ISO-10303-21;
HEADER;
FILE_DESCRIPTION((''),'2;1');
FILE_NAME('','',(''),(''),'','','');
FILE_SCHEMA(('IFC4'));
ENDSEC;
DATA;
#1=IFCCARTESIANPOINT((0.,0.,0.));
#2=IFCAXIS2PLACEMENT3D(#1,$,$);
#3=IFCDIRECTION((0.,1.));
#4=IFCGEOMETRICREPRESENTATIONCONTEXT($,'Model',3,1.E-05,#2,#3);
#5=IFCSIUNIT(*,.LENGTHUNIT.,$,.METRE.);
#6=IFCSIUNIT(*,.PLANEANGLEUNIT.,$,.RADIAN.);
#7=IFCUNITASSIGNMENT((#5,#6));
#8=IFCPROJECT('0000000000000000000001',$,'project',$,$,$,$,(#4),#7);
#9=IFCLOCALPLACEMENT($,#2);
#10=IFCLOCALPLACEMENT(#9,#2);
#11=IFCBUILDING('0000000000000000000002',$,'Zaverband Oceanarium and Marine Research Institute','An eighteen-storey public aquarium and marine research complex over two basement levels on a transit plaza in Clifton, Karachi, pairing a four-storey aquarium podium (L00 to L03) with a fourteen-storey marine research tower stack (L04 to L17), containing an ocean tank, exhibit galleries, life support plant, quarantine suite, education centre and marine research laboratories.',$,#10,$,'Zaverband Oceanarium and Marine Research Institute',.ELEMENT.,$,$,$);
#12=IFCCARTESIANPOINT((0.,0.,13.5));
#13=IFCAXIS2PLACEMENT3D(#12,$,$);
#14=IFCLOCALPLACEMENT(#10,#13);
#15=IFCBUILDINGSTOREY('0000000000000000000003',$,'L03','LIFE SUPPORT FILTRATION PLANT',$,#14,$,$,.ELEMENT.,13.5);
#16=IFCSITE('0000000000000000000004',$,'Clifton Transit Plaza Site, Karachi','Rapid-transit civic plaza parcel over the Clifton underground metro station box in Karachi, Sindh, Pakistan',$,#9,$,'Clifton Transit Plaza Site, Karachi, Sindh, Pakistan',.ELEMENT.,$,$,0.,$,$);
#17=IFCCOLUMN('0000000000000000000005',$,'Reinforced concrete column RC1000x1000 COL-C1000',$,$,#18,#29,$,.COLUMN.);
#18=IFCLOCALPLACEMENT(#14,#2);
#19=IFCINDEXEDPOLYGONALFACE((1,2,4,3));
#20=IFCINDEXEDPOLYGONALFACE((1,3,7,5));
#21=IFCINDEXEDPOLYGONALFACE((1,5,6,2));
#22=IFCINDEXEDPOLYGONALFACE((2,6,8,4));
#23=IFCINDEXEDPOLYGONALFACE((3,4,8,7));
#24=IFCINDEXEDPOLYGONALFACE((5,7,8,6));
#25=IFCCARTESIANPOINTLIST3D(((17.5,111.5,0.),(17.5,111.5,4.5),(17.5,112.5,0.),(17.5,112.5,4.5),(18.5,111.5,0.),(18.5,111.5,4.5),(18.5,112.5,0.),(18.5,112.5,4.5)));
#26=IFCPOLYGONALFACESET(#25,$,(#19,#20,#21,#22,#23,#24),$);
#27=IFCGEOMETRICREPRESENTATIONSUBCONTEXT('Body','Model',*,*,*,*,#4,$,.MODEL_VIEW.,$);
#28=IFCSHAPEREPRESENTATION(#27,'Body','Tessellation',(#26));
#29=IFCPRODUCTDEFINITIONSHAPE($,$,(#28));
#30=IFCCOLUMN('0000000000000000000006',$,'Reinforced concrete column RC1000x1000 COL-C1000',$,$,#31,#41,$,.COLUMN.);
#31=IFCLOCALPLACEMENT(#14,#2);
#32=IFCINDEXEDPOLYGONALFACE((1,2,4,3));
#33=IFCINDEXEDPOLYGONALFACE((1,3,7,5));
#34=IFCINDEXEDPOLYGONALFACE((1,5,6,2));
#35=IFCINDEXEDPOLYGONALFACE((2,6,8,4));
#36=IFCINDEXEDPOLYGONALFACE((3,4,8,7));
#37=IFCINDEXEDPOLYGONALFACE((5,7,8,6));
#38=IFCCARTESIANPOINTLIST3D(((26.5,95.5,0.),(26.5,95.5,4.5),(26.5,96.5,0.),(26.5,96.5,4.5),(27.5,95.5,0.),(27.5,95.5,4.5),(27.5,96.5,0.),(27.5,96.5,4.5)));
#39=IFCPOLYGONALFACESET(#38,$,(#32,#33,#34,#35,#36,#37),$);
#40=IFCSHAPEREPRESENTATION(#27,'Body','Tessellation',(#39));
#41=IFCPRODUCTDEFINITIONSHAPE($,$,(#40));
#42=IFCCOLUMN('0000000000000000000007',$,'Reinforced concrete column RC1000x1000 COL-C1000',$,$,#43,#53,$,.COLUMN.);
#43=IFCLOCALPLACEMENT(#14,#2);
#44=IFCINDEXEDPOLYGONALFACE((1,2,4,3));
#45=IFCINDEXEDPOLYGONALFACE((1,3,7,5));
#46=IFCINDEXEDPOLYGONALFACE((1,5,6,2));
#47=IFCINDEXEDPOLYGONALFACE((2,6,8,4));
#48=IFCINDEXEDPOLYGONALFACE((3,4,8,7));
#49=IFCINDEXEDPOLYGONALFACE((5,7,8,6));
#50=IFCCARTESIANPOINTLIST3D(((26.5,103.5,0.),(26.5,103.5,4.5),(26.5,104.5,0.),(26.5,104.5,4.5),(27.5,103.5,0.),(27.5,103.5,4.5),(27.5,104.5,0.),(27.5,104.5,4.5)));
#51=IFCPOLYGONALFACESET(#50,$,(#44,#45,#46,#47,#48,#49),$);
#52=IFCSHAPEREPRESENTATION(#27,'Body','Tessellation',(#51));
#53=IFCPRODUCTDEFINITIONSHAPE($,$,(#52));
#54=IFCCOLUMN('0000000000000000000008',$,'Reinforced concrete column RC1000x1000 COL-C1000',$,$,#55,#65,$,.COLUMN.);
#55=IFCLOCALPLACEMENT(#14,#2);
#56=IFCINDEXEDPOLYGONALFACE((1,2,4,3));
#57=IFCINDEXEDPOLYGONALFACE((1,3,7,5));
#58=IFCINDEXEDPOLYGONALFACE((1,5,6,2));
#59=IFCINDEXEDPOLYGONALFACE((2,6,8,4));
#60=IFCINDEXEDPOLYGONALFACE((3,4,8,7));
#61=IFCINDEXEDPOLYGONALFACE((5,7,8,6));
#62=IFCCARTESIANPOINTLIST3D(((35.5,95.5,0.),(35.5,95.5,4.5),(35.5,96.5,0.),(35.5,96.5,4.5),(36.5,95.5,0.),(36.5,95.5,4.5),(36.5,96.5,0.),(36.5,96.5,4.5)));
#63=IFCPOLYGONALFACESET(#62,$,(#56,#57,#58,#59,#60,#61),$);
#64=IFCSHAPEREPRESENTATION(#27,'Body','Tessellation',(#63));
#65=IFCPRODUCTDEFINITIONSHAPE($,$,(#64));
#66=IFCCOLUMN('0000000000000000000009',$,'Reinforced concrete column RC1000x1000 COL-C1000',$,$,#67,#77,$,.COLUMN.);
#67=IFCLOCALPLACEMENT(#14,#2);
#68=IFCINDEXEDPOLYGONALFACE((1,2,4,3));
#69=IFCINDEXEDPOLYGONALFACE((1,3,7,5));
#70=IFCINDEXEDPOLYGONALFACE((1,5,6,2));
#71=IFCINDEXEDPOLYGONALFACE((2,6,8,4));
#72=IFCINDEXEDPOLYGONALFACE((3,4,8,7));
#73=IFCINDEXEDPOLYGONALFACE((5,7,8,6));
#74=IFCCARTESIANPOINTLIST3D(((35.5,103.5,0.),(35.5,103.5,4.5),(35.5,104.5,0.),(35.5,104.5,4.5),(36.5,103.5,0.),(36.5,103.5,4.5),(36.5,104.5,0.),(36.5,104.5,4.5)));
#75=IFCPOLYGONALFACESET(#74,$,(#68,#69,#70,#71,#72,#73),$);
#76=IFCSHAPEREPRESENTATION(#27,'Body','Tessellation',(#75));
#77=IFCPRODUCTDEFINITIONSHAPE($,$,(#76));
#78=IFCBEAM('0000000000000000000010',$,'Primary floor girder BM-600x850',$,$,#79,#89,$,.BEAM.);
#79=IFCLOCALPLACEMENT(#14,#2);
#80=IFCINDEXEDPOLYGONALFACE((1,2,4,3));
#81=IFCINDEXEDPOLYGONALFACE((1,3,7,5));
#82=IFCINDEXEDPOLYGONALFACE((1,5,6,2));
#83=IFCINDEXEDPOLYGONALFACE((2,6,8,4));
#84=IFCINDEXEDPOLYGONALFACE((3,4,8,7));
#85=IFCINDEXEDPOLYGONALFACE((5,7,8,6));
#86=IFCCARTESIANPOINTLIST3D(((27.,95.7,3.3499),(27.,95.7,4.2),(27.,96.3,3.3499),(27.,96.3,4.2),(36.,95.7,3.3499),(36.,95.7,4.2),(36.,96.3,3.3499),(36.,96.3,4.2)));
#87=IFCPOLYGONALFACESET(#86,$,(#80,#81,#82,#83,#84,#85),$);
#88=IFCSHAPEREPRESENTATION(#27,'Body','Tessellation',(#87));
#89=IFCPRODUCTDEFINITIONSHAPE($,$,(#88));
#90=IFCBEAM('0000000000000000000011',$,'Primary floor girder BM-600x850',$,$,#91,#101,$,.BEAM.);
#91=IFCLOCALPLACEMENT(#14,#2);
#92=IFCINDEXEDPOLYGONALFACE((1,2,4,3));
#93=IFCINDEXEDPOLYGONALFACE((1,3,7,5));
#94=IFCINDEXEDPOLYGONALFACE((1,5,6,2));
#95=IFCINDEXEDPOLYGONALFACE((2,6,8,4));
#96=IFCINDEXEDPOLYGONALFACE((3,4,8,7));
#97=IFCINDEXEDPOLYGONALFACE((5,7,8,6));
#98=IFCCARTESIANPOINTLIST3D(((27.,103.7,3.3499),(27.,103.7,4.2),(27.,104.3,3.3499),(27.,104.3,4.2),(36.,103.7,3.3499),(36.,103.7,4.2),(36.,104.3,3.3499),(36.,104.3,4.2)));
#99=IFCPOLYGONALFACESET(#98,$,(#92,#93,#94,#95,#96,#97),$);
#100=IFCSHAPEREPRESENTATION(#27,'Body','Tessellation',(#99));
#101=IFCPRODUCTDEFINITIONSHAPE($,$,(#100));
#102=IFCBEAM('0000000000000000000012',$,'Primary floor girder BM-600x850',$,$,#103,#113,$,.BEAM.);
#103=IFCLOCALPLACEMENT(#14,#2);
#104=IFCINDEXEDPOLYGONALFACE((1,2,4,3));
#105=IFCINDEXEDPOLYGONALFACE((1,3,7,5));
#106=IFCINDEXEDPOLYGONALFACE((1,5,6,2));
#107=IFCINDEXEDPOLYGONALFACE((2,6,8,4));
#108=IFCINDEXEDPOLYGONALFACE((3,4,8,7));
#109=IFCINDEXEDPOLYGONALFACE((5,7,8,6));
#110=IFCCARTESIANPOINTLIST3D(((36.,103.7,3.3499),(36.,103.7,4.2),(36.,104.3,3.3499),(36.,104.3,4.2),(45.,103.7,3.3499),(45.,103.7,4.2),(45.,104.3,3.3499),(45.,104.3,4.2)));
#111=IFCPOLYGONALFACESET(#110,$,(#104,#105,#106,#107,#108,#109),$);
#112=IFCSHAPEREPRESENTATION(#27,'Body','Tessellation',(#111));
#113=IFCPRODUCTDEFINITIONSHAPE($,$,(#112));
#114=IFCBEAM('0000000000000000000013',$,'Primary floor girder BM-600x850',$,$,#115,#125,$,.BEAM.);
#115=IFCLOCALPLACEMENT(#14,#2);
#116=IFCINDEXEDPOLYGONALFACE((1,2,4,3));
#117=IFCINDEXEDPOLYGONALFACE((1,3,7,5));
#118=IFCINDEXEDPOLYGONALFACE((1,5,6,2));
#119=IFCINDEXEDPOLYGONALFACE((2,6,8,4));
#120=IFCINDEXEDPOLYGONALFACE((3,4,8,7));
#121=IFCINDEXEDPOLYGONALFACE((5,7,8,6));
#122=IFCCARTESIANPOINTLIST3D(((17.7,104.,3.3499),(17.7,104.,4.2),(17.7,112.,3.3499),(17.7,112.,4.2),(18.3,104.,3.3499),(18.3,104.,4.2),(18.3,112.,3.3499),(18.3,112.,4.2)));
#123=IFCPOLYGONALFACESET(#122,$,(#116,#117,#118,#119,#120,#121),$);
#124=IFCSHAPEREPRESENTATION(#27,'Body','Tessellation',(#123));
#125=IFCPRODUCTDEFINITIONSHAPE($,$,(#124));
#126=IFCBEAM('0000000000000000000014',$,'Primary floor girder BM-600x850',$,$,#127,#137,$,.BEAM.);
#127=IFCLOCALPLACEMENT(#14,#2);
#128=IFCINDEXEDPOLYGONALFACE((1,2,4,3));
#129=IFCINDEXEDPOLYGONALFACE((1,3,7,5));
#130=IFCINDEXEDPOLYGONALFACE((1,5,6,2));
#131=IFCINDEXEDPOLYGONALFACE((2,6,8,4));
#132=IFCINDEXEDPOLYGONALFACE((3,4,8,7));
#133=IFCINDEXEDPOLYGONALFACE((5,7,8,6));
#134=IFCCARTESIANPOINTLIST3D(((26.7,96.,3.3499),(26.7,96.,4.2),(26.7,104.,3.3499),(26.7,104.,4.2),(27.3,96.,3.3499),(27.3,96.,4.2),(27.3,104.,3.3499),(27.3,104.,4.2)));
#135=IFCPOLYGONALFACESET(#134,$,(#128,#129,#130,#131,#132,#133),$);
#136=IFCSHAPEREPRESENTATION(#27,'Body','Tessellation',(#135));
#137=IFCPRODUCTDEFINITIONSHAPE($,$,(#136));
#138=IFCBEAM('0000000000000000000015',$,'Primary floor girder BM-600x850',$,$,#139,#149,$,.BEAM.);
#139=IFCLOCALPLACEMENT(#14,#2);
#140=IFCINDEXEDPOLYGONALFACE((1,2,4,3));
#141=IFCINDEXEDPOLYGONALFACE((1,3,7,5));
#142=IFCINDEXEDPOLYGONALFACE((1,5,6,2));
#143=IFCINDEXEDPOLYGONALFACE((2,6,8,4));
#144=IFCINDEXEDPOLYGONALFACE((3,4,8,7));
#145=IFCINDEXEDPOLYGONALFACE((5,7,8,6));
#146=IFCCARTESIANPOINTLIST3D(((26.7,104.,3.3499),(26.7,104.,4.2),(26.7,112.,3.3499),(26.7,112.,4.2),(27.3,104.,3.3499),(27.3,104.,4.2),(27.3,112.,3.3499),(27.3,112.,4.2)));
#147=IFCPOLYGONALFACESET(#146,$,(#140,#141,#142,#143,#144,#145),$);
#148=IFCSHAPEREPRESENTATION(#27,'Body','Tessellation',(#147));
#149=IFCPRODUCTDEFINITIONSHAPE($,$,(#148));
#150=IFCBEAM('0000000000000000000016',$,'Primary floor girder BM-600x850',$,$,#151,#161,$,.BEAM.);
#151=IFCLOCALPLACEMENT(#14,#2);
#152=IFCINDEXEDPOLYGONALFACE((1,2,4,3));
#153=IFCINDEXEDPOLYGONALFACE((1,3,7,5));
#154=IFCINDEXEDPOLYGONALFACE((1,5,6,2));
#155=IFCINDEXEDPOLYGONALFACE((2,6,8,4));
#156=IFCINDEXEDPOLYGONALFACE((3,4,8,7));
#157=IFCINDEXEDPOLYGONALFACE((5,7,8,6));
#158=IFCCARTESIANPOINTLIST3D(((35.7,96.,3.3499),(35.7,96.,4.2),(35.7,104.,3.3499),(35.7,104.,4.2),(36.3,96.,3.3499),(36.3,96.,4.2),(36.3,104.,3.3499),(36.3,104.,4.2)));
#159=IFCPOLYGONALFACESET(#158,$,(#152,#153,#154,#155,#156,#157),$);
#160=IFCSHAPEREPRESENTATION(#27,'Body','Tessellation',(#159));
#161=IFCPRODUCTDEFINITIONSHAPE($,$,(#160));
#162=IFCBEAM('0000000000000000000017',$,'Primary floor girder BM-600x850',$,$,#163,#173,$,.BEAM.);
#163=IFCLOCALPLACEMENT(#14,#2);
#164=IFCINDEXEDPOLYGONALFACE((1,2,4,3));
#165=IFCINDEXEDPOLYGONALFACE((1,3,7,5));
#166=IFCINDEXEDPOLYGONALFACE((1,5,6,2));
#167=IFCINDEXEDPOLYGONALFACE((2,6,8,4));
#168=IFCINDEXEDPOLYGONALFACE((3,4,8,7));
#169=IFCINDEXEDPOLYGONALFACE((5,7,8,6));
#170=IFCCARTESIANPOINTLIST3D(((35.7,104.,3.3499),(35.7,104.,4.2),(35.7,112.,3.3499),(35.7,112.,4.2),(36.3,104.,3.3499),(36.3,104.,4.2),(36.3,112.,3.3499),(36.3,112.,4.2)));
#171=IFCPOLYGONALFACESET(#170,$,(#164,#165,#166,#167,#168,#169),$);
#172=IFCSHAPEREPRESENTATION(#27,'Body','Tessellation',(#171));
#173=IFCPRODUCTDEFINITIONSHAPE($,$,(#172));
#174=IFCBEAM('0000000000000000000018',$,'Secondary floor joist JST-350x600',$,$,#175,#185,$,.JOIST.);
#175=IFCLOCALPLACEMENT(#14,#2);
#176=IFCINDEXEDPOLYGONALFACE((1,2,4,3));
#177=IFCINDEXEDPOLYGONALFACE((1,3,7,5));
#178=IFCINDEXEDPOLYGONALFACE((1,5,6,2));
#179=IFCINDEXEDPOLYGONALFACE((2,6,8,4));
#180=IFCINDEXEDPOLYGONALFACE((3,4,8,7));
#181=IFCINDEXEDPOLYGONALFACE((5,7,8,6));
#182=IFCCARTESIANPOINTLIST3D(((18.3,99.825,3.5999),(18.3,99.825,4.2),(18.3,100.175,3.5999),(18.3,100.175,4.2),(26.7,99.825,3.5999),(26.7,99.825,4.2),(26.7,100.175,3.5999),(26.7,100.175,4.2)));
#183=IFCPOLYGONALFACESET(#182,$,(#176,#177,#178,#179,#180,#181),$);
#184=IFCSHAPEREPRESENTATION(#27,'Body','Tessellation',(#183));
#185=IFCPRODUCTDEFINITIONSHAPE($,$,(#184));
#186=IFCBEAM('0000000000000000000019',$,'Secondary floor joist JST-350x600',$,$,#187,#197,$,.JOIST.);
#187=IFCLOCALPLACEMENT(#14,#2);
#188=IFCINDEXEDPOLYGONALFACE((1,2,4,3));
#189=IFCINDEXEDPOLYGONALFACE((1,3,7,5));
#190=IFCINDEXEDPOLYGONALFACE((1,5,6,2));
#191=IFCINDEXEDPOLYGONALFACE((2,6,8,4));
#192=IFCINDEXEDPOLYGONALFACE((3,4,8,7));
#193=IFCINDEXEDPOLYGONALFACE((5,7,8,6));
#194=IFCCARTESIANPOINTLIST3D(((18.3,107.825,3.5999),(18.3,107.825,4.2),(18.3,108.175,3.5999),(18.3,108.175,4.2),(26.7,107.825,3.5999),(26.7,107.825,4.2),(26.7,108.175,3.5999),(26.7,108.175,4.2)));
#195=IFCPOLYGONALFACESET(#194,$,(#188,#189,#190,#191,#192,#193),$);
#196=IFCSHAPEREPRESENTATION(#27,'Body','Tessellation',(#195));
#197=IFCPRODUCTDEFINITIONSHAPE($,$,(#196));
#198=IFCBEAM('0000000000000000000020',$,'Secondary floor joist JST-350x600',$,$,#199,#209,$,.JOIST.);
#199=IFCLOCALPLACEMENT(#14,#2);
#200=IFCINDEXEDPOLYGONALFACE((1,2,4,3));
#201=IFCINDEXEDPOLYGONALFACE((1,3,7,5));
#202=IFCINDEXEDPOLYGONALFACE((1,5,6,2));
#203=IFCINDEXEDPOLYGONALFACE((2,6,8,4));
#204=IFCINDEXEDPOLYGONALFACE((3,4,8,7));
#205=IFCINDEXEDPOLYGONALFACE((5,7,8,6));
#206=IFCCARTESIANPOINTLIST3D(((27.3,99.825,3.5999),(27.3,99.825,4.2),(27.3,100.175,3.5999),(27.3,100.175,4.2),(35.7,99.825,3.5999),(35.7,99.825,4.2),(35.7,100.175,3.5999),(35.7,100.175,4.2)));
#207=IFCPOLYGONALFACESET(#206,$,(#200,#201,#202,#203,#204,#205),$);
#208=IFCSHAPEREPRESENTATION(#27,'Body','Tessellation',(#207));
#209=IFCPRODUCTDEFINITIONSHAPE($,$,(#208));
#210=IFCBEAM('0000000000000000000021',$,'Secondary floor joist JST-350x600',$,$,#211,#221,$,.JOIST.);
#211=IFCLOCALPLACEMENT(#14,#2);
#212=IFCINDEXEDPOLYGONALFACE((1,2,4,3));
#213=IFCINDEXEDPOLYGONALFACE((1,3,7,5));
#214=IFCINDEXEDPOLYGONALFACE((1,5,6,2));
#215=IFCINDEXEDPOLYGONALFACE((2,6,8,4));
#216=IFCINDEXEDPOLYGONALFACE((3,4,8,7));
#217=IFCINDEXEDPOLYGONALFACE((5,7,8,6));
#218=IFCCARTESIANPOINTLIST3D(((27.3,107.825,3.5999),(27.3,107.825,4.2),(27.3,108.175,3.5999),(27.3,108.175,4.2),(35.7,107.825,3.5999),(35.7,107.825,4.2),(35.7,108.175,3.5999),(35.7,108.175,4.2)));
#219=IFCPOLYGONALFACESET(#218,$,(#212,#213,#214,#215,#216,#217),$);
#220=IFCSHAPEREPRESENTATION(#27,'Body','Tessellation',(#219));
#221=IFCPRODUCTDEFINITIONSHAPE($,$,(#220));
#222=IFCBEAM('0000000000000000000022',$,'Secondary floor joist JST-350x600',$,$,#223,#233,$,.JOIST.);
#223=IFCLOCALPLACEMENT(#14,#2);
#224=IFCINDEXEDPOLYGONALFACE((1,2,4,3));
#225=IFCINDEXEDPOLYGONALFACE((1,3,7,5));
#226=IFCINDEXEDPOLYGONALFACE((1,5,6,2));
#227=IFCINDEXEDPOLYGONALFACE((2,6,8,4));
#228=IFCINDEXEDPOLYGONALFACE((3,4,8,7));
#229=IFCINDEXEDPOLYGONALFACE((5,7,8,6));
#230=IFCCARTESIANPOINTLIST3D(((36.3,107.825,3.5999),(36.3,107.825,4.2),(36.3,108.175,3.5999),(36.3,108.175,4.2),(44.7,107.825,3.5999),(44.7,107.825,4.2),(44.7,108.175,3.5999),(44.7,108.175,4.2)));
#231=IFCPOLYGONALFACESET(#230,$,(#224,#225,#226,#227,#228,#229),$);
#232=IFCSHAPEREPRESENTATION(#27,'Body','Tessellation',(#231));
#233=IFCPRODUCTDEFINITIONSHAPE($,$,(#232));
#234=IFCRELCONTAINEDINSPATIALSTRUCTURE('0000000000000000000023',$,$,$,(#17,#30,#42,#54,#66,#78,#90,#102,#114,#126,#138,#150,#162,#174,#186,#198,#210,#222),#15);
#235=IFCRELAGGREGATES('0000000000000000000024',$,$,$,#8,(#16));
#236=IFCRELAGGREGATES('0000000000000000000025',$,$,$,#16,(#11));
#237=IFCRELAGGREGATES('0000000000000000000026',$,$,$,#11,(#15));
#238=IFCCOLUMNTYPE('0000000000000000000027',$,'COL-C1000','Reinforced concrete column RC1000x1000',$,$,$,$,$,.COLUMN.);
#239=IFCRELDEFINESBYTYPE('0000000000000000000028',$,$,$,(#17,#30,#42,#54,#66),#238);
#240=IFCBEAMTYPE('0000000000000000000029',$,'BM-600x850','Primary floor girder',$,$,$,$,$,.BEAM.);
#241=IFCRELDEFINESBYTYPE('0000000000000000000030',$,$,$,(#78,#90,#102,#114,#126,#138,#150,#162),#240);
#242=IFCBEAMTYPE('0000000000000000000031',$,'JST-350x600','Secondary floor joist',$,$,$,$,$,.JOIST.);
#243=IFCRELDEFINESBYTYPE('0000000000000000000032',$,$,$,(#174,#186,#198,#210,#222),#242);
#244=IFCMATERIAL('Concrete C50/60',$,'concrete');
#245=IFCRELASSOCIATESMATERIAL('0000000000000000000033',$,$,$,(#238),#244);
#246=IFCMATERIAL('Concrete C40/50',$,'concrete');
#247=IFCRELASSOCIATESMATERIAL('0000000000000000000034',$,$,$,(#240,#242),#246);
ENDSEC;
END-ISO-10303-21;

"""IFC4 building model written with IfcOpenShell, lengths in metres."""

from ifc_helpers import new_model, si_unit, direction, frame, origin, origin_2d, place, context, subcontext, project, spatial, rectangle, extrude, material, material_profile, profile_set, type_object, element, save


model = new_model("IFC4")

# Units and contexts
model_context = context("Model", 3, precision=1e-05, world=origin(), true_north=direction((0.0, 1.0)))
body_context = subcontext(model_context, "Body", "Model", "MODEL_VIEW")
ifc_project = project(units=[si_unit("LENGTHUNIT", "METRE"), si_unit("PLANEANGLEUNIT", "RADIAN")], contexts=[model_context])

# Site, building, storey
site_placement = place(None, origin())
site = spatial("IfcSite", under=ifc_project, at=site_placement, Name="Clifton Transit Plaza Site, Karachi", Description="Rapid-transit civic plaza parcel over the Clifton underground metro station box in Karachi, Sindh, Pakistan", LongName="Clifton Transit Plaza Site, Karachi, Sindh, Pakistan", CompositionType="ELEMENT", RefElevation=0.0)
building_placement = place(site_placement, origin())
building = spatial("IfcBuilding", under=site, at=building_placement, Name="Zaverband Oceanarium and Marine Research Institute", Description="An eighteen-storey public aquarium and marine research complex over two basement levels on a transit plaza in Clifton, Karachi, pairing a four-storey aquarium podium (L00 to L03) with a fourteen-storey marine research tower stack (L04 to L17), containing an ocean tank, exhibit galleries, life support plant, quarantine suite, education centre and marine research laboratories.", LongName="Zaverband Oceanarium and Marine Research Institute", CompositionType="ELEMENT")
storey_placement = place(building_placement, frame((0.0, 0.0, 13.5)))
storey = spatial("IfcBuildingStorey", under=building, at=storey_placement, Name="L03", Description="LIFE SUPPORT FILTRATION PLANT", CompositionType="ELEMENT", Elevation=13.5)

# Columns
ifc_material_1 = material(Name="Concrete C50/60", Category="concrete")
ifc_material_profile_1 = material_profile(ifc_material_1, rectangle(XDim=1.0, YDim=1.0, at=origin_2d()), Name="RC1000x1000")
ifc_profile_set_1 = profile_set([ifc_material_profile_1], Name="Concrete C50/60")
column_type = type_object("IfcColumnType", Name="COL-C1000", Description="Reinforced concrete column RC1000x1000", PredefinedType="COLUMN", material=ifc_profile_set_1)
for number, where, z_axis, x_axis, name in (
    (1, (18.0, 112.0, 0.0), (0.0, 0.0, 1.0), (1.0, 0.0, 0.0), "Reinforced concrete column RC1000x1000 COL-C1000"),
    (2, (27.0, 96.0, 0.0), (0.0, 0.0, 1.0), (1.0, 0.0, 0.0), "Reinforced concrete column RC1000x1000 COL-C1000"),
    (3, (27.0, 104.0, 0.0), (0.0, 0.0, 1.0), (1.0, 0.0, 0.0), "Reinforced concrete column RC1000x1000 COL-C1000"),
    (4, (36.0, 96.0, 0.0), (0.0, 0.0, 1.0), (1.0, 0.0, 0.0), "Reinforced concrete column RC1000x1000 COL-C1000"),
    (5, (36.0, 104.0, 0.0), (0.0, 0.0, 1.0), (1.0, 0.0, 0.0), "Reinforced concrete column RC1000x1000 COL-C1000"),
):
    element("IfcColumn", number, at=place(storey_placement, frame(where, z_axis=z_axis, x_axis=x_axis)), inside=storey, type_object=column_type, Name=name, PredefinedType="COLUMN", context=body_context, shape_type="SweptSolid", body=[
        extrude(rectangle(XDim=1.0, YDim=1.0, at=origin_2d()), origin(), (0.0, 0.0, 1.0), 4.5),
    ])

# Beams
ifc_material_2 = material(Name="Concrete C40/50", Category="concrete")
ifc_material_profile_2 = material_profile(ifc_material_2, rectangle(XDim=0.6001, YDim=0.8501, at=origin_2d()), Name="RC600x850")
ifc_profile_set_2 = profile_set([ifc_material_profile_2], Name="Concrete C40/50")
beam_type_1 = type_object("IfcBeamType", Name="BM-600x850", Description="Primary floor girder", PredefinedType="BEAM", material=ifc_profile_set_2)
for number, where, z_axis, x_axis, name in (
    (6, (27.0, 96.0, 3.7749), (1.0, 0.0, 0.0), (0.0, 1.0, 0.0), "Primary floor girder BM-600x850"),
    (7, (27.0, 104.0, 3.7749), (1.0, 0.0, 0.0), (0.0, 1.0, 0.0), "Primary floor girder BM-600x850"),
    (8, (36.0, 104.0, 3.7749), (1.0, 0.0, 0.0), (0.0, 1.0, 0.0), "Primary floor girder BM-600x850"),
):
    element("IfcBeam", number, at=place(storey_placement, frame(where, z_axis=z_axis, x_axis=x_axis)), inside=storey, type_object=beam_type_1, Name=name, PredefinedType="BEAM", context=body_context, shape_type="SweptSolid", body=[
        extrude(rectangle(XDim=0.6001, YDim=0.8501, at=origin_2d()), origin(), (0.0, 0.0, 1.0), 9.0),
    ])
for number, where, z_axis, x_axis, name in (
    (9, (18.0, 104.0, 3.7749), (0.0, 1.0, 0.0), (-1.0, 0.0, 0.0), "Primary floor girder BM-600x850"),
    (10, (27.0, 96.0, 3.7749), (0.0, 1.0, 0.0), (-1.0, 0.0, 0.0), "Primary floor girder BM-600x850"),
    (11, (27.0, 104.0, 3.7749), (0.0, 1.0, 0.0), (-1.0, 0.0, 0.0), "Primary floor girder BM-600x850"),
    (12, (36.0, 96.0, 3.7749), (0.0, 1.0, 0.0), (-1.0, 0.0, 0.0), "Primary floor girder BM-600x850"),
    (13, (36.0, 104.0, 3.7749), (0.0, 1.0, 0.0), (-1.0, 0.0, 0.0), "Primary floor girder BM-600x850"),
):
    element("IfcBeam", number, at=place(storey_placement, frame(where, z_axis=z_axis, x_axis=x_axis)), inside=storey, type_object=beam_type_1, Name=name, PredefinedType="BEAM", context=body_context, shape_type="SweptSolid", body=[
        extrude(rectangle(XDim=0.6001, YDim=0.8501, at=origin_2d()), origin(), (0.0, 0.0, 1.0), 8.0),
    ])
ifc_material_profile_3 = material_profile(ifc_material_2, rectangle(XDim=0.3501, YDim=0.6001, at=origin_2d()), Name="RC350x600")
ifc_profile_set_3 = profile_set([ifc_material_profile_3], Name="Concrete C40/50")
beam_type_2 = type_object("IfcBeamType", Name="JST-350x600", Description="Secondary floor joist", PredefinedType="JOIST", material=ifc_profile_set_3)
for number, where, z_axis, x_axis, name in (
    (14, (18.3, 100.0, 3.8999), (1.0, 0.0, 0.0), (0.0, 1.0, 0.0), "Secondary floor joist JST-350x600"),
    (15, (18.3, 108.0, 3.8999), (1.0, 0.0, 0.0), (0.0, 1.0, 0.0), "Secondary floor joist JST-350x600"),
    (16, (27.3, 100.0, 3.8999), (1.0, 0.0, 0.0), (0.0, 1.0, 0.0), "Secondary floor joist JST-350x600"),
    (17, (27.3, 108.0, 3.8999), (1.0, 0.0, 0.0), (0.0, 1.0, 0.0), "Secondary floor joist JST-350x600"),
    (18, (36.3, 108.0, 3.8999), (1.0, 0.0, 0.0), (0.0, 1.0, 0.0), "Secondary floor joist JST-350x600"),
):
    element("IfcBeam", number, at=place(storey_placement, frame(where, z_axis=z_axis, x_axis=x_axis)), inside=storey, type_object=beam_type_2, Name=name, PredefinedType="JOIST", context=body_context, shape_type="SweptSolid", body=[
        extrude(rectangle(XDim=0.3501, YDim=0.6001, at=origin_2d()), origin(), (0.0, 0.0, 1.0), 8.3999),
    ])

save(model, "model.ifc")
